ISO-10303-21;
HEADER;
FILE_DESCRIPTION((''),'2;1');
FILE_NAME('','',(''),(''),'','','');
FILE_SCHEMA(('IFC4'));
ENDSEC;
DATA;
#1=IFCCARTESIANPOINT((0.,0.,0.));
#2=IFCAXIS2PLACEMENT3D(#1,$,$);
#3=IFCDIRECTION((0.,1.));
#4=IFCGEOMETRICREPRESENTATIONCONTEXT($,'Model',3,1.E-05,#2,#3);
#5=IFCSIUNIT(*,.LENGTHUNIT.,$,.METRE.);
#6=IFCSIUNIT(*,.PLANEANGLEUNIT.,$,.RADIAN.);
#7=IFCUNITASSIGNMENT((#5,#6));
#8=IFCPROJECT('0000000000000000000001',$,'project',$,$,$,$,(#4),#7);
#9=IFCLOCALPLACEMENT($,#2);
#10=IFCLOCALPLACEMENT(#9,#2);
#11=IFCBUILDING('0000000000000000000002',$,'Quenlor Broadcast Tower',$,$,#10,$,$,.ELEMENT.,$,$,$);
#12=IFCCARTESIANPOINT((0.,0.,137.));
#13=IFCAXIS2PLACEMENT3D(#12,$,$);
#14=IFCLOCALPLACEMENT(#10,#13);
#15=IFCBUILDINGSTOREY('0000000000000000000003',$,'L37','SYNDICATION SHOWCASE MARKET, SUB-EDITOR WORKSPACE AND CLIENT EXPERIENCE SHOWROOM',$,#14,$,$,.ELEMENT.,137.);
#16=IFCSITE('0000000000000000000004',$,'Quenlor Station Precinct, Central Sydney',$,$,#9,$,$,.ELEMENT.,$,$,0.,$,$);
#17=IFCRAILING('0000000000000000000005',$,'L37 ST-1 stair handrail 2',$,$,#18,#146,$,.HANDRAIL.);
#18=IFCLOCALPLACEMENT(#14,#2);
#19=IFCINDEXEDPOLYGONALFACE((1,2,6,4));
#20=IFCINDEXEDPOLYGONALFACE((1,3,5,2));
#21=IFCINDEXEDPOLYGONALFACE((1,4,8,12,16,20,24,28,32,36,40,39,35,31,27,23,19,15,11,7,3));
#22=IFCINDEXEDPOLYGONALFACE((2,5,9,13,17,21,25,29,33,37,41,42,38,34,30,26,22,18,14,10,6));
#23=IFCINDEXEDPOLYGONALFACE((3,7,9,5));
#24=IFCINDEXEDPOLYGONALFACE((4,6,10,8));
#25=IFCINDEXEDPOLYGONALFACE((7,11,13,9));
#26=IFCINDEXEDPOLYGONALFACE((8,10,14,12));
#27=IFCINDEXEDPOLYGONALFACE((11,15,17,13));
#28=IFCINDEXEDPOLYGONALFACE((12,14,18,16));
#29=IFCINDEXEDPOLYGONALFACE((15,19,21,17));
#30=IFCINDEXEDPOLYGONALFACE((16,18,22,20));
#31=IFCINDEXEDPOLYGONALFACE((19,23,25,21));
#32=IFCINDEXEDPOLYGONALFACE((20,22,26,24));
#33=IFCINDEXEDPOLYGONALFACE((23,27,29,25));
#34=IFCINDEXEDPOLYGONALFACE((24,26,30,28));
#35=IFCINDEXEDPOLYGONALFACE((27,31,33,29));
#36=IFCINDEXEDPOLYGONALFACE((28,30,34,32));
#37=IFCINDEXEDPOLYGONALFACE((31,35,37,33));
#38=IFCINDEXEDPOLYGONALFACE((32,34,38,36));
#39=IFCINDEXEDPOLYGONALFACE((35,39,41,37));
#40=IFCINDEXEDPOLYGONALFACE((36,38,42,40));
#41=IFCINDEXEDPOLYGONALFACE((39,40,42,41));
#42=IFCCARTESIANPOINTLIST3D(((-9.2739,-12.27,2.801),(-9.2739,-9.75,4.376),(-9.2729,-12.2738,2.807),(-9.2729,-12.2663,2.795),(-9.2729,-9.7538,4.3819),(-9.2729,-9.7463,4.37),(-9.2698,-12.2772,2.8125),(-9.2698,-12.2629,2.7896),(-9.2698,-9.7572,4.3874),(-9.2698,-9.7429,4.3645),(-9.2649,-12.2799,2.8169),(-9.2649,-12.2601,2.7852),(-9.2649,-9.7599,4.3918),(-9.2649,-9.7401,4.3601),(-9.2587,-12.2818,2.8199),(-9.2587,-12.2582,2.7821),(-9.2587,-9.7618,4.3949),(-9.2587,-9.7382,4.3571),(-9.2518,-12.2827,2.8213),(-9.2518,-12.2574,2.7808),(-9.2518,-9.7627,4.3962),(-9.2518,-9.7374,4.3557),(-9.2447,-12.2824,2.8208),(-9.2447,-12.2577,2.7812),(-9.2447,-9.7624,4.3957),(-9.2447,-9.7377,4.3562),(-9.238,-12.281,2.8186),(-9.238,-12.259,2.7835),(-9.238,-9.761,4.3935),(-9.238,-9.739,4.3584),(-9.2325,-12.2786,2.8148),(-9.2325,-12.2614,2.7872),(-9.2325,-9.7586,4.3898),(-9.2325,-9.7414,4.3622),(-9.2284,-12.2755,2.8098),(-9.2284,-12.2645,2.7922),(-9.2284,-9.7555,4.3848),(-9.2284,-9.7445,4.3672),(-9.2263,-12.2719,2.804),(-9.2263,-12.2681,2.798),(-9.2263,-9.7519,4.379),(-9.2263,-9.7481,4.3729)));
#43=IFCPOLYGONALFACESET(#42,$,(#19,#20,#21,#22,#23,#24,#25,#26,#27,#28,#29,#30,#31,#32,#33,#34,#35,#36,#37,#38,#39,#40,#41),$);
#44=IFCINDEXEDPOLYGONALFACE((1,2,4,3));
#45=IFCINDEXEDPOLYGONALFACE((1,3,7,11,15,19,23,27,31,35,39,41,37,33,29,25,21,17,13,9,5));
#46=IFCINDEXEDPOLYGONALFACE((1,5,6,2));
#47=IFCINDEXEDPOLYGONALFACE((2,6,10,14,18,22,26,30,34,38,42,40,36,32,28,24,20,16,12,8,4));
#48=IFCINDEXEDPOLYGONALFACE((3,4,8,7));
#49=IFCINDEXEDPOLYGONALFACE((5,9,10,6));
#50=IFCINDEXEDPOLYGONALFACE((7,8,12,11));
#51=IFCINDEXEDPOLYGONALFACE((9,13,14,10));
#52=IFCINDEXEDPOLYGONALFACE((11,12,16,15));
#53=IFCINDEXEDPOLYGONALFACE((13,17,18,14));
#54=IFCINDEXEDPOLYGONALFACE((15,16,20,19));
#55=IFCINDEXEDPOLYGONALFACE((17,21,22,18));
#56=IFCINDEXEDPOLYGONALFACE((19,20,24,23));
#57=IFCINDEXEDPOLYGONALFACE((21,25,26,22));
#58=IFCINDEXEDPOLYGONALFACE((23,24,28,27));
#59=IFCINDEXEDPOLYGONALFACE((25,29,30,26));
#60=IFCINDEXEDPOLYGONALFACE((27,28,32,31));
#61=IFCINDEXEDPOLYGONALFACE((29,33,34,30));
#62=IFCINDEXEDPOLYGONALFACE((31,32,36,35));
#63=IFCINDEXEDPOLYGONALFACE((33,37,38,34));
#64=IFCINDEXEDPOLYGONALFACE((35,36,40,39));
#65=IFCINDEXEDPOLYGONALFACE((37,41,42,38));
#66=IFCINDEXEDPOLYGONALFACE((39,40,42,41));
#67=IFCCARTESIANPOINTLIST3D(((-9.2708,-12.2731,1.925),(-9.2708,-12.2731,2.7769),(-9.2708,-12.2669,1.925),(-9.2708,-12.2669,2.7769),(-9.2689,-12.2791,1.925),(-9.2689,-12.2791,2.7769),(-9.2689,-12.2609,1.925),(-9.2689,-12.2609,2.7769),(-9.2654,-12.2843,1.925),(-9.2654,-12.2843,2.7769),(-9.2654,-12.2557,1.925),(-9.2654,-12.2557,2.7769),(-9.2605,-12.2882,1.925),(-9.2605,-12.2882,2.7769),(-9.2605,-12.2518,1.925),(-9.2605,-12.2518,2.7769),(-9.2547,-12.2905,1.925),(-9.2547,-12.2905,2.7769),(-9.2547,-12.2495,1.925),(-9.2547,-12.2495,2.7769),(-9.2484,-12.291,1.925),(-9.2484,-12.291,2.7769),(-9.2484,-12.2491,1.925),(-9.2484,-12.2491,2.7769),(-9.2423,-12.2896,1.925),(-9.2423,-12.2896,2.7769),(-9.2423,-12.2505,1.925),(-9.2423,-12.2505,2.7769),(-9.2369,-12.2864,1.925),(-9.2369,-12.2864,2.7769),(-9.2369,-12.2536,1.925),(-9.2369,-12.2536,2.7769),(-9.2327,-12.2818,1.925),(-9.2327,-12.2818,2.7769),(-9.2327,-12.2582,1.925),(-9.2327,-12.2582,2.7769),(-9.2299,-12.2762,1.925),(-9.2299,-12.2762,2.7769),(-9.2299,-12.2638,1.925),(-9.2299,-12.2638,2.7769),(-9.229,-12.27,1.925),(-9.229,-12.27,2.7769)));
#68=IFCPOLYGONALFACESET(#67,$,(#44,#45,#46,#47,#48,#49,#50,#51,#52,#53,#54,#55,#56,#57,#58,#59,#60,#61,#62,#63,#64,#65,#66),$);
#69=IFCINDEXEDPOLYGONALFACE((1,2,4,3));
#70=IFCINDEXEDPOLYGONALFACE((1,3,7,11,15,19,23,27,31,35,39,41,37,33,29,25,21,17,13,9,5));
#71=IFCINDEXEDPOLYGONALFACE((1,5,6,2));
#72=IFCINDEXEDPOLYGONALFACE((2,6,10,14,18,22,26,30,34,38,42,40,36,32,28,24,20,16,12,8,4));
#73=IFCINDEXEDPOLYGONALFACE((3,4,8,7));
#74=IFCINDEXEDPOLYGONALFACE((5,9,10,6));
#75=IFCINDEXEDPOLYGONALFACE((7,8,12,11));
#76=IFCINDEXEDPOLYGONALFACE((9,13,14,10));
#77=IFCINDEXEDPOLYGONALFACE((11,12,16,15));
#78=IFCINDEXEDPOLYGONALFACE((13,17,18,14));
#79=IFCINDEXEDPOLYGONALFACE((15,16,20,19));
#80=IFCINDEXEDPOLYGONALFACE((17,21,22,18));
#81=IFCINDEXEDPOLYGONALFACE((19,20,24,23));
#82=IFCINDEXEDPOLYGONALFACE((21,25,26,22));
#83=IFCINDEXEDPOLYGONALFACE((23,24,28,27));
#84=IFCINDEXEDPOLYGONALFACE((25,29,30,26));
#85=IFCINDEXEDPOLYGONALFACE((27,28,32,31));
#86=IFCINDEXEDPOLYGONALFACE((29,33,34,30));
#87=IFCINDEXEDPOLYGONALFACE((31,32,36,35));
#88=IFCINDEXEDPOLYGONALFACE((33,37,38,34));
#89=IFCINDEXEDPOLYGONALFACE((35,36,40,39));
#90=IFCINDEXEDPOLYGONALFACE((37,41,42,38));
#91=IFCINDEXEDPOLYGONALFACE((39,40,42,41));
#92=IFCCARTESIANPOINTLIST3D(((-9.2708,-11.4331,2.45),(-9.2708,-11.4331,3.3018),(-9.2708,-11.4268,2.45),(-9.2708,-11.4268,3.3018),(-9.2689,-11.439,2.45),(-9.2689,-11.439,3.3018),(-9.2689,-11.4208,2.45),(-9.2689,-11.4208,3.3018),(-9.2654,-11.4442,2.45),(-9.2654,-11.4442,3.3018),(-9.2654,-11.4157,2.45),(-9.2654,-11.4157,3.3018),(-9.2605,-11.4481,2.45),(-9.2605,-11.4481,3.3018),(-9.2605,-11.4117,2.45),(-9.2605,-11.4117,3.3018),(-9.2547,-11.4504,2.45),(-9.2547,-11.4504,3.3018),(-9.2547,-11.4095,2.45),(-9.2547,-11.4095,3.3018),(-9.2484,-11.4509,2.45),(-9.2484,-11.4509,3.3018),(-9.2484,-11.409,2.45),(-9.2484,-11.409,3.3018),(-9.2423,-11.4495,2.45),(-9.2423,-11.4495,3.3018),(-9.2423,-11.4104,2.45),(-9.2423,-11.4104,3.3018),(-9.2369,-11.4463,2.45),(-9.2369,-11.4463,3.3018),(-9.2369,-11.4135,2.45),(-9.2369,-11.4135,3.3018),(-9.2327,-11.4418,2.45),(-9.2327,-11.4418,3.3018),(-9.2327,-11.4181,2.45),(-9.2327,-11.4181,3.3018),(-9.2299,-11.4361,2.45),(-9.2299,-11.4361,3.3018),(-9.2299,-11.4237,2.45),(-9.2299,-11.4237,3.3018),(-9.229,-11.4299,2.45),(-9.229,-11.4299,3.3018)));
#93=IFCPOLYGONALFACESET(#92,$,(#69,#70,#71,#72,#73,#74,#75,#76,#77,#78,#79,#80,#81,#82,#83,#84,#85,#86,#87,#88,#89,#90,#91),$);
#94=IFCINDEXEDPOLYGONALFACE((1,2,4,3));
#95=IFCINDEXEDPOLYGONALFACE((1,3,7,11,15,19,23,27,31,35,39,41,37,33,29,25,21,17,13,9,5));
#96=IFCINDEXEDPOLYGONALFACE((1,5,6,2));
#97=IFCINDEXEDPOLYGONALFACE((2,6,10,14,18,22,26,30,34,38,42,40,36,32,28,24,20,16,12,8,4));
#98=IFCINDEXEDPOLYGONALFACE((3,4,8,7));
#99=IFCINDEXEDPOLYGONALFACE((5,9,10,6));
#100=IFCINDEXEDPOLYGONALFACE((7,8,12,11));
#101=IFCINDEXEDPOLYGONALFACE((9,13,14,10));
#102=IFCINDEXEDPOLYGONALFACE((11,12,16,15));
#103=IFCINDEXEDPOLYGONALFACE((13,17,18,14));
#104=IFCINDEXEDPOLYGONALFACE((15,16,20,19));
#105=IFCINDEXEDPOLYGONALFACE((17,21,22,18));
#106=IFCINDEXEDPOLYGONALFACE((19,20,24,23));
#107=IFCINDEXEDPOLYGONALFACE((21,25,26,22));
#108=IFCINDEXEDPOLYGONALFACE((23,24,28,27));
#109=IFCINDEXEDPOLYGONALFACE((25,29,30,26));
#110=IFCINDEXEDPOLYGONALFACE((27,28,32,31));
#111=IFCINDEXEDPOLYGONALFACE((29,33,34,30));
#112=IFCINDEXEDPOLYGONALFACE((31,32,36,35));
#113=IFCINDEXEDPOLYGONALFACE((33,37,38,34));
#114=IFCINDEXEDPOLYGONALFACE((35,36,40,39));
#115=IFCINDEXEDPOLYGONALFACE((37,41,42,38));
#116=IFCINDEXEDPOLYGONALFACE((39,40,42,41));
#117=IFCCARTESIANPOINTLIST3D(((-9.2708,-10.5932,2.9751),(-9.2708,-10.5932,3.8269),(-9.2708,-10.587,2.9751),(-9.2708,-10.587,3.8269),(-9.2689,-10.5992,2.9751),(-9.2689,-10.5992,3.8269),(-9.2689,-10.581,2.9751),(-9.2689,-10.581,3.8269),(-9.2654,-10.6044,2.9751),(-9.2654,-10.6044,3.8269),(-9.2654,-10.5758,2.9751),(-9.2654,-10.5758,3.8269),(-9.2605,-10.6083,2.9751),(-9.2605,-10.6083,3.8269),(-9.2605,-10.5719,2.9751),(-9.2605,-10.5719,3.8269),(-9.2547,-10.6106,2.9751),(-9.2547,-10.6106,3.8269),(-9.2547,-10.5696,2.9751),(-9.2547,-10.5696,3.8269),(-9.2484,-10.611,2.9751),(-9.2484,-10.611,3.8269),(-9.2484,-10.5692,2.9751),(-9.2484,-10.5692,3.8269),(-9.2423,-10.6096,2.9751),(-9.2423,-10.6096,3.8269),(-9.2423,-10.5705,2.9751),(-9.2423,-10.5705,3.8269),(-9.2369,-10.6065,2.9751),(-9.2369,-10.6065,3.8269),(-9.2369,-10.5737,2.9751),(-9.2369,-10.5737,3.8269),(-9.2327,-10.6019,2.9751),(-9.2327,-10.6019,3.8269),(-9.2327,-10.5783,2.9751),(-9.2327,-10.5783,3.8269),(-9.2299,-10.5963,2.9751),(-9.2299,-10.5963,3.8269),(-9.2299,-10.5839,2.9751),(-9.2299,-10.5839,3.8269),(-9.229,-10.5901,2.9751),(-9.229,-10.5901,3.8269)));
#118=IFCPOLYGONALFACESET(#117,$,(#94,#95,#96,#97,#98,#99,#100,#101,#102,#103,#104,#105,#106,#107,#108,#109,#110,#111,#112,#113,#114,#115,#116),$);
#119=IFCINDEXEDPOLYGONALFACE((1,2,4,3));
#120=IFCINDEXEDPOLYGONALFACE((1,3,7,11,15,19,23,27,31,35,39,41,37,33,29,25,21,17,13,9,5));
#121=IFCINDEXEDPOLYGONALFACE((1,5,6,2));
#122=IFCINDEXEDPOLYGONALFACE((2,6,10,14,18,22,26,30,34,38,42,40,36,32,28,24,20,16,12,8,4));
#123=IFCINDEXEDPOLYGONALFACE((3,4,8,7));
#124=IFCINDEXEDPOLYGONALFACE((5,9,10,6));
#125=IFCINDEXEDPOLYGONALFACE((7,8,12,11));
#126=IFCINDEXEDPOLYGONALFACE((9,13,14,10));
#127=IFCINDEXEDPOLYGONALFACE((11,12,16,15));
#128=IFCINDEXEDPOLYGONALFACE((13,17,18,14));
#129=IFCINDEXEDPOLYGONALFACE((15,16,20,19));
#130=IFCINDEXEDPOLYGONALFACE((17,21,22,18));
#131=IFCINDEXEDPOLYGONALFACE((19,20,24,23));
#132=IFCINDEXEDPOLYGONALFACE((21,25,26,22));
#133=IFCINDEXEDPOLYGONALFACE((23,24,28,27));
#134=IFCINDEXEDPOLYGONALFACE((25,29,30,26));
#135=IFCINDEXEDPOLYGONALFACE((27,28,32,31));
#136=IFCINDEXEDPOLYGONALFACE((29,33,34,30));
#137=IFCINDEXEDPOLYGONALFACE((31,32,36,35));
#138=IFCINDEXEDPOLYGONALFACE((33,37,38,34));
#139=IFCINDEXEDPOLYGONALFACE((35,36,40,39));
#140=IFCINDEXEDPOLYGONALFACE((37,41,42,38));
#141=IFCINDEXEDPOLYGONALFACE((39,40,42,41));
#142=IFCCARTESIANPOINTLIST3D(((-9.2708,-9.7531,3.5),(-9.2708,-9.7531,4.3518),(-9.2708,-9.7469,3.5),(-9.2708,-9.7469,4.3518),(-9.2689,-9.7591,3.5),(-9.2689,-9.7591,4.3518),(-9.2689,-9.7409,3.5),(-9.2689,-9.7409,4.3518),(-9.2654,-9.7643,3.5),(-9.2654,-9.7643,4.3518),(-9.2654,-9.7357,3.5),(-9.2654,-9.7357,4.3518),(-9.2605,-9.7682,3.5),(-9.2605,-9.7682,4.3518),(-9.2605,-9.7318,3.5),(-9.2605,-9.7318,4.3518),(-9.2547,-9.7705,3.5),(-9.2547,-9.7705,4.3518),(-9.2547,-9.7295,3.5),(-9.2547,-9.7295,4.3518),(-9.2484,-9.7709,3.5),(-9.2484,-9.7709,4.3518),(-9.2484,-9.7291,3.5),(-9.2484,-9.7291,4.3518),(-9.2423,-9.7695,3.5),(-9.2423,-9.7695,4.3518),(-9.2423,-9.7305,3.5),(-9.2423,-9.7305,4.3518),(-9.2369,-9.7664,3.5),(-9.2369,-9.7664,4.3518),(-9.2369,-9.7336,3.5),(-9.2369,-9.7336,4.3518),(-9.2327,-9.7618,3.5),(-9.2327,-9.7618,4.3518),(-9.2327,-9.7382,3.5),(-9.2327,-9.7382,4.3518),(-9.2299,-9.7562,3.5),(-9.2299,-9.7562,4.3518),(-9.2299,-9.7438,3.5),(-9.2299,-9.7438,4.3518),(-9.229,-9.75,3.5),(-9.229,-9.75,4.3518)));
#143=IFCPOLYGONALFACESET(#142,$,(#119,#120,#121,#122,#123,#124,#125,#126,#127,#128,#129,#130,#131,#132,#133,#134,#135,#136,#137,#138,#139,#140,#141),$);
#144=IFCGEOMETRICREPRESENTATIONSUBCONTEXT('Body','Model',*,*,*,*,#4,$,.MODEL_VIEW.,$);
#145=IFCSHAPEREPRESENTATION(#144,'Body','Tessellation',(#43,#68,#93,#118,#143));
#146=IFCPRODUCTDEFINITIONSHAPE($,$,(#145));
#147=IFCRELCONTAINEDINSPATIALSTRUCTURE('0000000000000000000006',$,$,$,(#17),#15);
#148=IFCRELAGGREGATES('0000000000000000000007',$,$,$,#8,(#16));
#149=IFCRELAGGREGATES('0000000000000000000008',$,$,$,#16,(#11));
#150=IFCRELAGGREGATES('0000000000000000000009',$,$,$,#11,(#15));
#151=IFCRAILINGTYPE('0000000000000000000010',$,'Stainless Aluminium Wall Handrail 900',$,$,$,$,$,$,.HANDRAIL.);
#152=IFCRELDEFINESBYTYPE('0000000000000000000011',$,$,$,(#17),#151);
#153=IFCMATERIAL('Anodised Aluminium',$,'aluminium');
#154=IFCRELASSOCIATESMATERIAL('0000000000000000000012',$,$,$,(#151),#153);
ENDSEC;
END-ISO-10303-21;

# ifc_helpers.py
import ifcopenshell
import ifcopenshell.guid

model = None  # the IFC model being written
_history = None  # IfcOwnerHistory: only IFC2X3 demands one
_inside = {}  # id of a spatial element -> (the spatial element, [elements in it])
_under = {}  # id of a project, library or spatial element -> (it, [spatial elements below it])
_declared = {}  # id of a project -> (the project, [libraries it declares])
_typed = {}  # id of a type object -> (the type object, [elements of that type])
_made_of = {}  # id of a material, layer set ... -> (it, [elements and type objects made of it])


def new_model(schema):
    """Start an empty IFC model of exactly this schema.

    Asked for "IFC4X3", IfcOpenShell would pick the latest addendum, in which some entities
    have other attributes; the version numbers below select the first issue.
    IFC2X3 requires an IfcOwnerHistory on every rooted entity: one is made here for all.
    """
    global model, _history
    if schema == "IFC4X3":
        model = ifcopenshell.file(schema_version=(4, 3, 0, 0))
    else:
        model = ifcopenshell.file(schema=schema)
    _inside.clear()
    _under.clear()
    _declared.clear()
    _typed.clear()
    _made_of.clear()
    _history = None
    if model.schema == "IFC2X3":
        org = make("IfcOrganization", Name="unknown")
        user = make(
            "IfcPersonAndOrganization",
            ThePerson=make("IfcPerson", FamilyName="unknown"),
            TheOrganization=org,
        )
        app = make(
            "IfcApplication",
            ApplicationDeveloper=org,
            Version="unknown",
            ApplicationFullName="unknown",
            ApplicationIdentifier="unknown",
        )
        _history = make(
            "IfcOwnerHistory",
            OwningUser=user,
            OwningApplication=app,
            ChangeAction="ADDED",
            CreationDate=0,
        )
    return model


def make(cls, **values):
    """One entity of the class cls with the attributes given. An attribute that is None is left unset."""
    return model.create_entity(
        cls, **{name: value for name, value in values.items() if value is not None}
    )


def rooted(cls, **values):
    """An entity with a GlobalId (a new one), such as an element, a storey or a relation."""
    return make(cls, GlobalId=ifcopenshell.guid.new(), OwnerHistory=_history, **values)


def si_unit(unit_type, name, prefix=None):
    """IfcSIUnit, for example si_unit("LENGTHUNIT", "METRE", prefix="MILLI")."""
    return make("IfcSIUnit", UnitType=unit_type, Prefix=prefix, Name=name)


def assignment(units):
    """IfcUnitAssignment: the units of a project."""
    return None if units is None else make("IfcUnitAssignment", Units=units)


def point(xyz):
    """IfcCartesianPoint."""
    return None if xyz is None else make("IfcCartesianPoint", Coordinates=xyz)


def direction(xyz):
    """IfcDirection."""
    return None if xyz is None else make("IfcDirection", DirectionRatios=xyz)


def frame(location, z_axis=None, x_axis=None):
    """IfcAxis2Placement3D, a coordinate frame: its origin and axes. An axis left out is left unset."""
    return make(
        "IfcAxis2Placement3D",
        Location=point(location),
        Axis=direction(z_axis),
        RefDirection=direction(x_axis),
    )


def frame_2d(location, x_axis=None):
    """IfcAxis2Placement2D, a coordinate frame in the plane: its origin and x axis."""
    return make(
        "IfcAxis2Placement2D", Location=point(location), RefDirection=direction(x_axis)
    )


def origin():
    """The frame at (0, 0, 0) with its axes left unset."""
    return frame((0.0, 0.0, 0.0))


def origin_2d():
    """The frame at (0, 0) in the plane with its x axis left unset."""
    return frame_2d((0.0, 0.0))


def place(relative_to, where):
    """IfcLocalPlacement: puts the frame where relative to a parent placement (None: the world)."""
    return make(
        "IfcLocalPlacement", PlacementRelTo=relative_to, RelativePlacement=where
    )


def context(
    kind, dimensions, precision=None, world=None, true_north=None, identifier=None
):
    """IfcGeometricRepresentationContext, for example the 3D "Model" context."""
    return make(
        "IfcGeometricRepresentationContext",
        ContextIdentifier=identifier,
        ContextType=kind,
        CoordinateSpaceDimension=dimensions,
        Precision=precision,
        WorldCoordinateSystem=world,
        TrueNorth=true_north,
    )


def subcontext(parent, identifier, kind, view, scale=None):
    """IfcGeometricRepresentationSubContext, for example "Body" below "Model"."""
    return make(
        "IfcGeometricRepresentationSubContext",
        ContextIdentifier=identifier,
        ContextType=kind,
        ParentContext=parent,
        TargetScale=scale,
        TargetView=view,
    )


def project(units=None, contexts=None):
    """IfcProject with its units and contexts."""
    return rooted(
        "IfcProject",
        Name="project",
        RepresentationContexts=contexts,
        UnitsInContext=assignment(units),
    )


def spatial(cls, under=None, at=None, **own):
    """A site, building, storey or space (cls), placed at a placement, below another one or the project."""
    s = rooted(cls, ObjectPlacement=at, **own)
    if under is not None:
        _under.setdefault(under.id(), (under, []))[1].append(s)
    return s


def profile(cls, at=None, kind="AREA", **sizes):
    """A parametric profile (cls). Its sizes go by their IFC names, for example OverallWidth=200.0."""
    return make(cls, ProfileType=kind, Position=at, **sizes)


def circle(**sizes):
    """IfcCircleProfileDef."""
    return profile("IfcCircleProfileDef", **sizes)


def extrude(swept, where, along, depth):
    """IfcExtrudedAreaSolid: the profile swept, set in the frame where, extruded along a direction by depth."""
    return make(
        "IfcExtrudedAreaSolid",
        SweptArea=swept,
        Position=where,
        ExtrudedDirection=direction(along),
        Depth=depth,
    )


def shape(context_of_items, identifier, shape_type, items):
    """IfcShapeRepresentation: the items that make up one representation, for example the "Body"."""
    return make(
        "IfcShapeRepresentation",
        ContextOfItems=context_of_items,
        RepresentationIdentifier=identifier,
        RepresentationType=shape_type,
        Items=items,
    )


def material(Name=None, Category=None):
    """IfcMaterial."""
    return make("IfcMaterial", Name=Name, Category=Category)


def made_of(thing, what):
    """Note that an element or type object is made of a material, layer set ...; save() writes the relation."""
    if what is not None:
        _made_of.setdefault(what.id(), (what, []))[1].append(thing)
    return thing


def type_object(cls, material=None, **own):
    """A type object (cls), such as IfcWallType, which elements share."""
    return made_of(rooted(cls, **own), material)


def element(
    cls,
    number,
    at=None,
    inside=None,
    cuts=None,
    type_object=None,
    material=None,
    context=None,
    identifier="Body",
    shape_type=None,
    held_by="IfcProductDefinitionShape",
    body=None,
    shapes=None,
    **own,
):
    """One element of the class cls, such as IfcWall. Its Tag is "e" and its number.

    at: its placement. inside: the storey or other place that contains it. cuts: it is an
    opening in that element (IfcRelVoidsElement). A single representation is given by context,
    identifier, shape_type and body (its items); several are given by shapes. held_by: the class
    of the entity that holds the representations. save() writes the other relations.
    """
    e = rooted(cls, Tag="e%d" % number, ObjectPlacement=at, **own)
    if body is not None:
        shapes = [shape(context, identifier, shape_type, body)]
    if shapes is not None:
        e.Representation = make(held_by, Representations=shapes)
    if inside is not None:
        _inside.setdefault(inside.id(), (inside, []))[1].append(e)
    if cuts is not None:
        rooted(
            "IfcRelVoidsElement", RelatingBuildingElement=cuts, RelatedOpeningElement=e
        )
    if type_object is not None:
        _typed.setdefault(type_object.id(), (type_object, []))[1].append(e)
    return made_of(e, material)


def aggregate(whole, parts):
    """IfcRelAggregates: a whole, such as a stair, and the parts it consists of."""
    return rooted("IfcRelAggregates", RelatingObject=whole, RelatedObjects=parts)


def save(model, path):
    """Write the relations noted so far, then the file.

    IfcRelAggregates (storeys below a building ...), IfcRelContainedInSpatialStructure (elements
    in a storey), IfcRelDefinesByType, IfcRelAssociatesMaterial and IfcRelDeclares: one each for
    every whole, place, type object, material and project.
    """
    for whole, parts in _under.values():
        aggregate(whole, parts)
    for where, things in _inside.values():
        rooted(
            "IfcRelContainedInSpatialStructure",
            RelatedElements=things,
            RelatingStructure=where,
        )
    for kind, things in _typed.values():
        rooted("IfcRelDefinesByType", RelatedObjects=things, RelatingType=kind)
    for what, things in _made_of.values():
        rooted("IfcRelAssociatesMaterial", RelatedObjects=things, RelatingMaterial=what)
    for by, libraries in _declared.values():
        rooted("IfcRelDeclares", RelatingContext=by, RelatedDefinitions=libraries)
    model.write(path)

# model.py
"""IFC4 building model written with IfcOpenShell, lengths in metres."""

from ifc_helpers import new_model, si_unit, direction, frame, origin, origin_2d, place, context, subcontext, project, spatial, circle, extrude, material, type_object, element, save


model = new_model("IFC4")

# Units and contexts
model_context = context("Model", 3, precision=1e-05, world=origin(), true_north=direction((0.0, 1.0)))
body_context = subcontext(model_context, "Body", "Model", "MODEL_VIEW")
ifc_project = project(units=[si_unit("LENGTHUNIT", "METRE"), si_unit("PLANEANGLEUNIT", "RADIAN")], contexts=[model_context])

# Site, building, storey
site_placement = place(None, origin())
site = spatial("IfcSite", under=ifc_project, at=site_placement, Name="Quenlor Station Precinct, Central Sydney", CompositionType="ELEMENT", RefElevation=0.0)
building_placement = place(site_placement, origin())
building = spatial("IfcBuilding", under=site, at=building_placement, Name="Quenlor Broadcast Tower", CompositionType="ELEMENT")
storey_placement = place(building_placement, frame((0.0, 0.0, 137.0)))
storey = spatial("IfcBuildingStorey", under=building, at=storey_placement, Name="L37", Description="SYNDICATION SHOWCASE MARKET, SUB-EDITOR WORKSPACE AND CLIENT EXPERIENCE SHOWROOM", CompositionType="ELEMENT", Elevation=137.0)

# Railing
ifc_material_1 = material(Name="Anodised Aluminium", Category="aluminium")
railing_type_1 = type_object("IfcRailingType", Name="Stainless Aluminium Wall Handrail 900", PredefinedType="HANDRAIL", material=ifc_material_1)
railing_1_placement = place(storey_placement, frame((-9.25, -12.27, 1.925)))
element("IfcRailing", 1, at=railing_1_placement, inside=storey, type_object=railing_type_1, Name="L37 ST-1 stair handrail 2", PredefinedType="HANDRAIL", context=body_context, shape_type="SweptSolid", body=[
    extrude(circle(Radius=0.0239, at=origin_2d()), frame((0.0, 0.0, 0.876), z_axis=(0.0, 0.848008, 0.529984), x_axis=(-1.0, 0.0, 0.0)), (0.0, 0.0, 1.0), 2.9717),
    extrude(circle(Radius=0.021, at=origin_2d()), origin(), (0.0, 0.0, 1.0), 0.8518),
    extrude(circle(Radius=0.021, at=origin_2d()), frame((0.0, 0.8401, 0.5249)), (0.0, 0.0, 1.0), 0.8518),
    extrude(circle(Radius=0.021, at=origin_2d()), frame((0.0, 1.6799, 1.05)), (0.0, 0.0, 1.0), 0.8518),
    extrude(circle(Radius=0.021, at=origin_2d()), frame((0.0, 2.52, 1.575)), (0.0, 0.0, 1.0), 0.8518),
])

save(model, "model.ifc")
